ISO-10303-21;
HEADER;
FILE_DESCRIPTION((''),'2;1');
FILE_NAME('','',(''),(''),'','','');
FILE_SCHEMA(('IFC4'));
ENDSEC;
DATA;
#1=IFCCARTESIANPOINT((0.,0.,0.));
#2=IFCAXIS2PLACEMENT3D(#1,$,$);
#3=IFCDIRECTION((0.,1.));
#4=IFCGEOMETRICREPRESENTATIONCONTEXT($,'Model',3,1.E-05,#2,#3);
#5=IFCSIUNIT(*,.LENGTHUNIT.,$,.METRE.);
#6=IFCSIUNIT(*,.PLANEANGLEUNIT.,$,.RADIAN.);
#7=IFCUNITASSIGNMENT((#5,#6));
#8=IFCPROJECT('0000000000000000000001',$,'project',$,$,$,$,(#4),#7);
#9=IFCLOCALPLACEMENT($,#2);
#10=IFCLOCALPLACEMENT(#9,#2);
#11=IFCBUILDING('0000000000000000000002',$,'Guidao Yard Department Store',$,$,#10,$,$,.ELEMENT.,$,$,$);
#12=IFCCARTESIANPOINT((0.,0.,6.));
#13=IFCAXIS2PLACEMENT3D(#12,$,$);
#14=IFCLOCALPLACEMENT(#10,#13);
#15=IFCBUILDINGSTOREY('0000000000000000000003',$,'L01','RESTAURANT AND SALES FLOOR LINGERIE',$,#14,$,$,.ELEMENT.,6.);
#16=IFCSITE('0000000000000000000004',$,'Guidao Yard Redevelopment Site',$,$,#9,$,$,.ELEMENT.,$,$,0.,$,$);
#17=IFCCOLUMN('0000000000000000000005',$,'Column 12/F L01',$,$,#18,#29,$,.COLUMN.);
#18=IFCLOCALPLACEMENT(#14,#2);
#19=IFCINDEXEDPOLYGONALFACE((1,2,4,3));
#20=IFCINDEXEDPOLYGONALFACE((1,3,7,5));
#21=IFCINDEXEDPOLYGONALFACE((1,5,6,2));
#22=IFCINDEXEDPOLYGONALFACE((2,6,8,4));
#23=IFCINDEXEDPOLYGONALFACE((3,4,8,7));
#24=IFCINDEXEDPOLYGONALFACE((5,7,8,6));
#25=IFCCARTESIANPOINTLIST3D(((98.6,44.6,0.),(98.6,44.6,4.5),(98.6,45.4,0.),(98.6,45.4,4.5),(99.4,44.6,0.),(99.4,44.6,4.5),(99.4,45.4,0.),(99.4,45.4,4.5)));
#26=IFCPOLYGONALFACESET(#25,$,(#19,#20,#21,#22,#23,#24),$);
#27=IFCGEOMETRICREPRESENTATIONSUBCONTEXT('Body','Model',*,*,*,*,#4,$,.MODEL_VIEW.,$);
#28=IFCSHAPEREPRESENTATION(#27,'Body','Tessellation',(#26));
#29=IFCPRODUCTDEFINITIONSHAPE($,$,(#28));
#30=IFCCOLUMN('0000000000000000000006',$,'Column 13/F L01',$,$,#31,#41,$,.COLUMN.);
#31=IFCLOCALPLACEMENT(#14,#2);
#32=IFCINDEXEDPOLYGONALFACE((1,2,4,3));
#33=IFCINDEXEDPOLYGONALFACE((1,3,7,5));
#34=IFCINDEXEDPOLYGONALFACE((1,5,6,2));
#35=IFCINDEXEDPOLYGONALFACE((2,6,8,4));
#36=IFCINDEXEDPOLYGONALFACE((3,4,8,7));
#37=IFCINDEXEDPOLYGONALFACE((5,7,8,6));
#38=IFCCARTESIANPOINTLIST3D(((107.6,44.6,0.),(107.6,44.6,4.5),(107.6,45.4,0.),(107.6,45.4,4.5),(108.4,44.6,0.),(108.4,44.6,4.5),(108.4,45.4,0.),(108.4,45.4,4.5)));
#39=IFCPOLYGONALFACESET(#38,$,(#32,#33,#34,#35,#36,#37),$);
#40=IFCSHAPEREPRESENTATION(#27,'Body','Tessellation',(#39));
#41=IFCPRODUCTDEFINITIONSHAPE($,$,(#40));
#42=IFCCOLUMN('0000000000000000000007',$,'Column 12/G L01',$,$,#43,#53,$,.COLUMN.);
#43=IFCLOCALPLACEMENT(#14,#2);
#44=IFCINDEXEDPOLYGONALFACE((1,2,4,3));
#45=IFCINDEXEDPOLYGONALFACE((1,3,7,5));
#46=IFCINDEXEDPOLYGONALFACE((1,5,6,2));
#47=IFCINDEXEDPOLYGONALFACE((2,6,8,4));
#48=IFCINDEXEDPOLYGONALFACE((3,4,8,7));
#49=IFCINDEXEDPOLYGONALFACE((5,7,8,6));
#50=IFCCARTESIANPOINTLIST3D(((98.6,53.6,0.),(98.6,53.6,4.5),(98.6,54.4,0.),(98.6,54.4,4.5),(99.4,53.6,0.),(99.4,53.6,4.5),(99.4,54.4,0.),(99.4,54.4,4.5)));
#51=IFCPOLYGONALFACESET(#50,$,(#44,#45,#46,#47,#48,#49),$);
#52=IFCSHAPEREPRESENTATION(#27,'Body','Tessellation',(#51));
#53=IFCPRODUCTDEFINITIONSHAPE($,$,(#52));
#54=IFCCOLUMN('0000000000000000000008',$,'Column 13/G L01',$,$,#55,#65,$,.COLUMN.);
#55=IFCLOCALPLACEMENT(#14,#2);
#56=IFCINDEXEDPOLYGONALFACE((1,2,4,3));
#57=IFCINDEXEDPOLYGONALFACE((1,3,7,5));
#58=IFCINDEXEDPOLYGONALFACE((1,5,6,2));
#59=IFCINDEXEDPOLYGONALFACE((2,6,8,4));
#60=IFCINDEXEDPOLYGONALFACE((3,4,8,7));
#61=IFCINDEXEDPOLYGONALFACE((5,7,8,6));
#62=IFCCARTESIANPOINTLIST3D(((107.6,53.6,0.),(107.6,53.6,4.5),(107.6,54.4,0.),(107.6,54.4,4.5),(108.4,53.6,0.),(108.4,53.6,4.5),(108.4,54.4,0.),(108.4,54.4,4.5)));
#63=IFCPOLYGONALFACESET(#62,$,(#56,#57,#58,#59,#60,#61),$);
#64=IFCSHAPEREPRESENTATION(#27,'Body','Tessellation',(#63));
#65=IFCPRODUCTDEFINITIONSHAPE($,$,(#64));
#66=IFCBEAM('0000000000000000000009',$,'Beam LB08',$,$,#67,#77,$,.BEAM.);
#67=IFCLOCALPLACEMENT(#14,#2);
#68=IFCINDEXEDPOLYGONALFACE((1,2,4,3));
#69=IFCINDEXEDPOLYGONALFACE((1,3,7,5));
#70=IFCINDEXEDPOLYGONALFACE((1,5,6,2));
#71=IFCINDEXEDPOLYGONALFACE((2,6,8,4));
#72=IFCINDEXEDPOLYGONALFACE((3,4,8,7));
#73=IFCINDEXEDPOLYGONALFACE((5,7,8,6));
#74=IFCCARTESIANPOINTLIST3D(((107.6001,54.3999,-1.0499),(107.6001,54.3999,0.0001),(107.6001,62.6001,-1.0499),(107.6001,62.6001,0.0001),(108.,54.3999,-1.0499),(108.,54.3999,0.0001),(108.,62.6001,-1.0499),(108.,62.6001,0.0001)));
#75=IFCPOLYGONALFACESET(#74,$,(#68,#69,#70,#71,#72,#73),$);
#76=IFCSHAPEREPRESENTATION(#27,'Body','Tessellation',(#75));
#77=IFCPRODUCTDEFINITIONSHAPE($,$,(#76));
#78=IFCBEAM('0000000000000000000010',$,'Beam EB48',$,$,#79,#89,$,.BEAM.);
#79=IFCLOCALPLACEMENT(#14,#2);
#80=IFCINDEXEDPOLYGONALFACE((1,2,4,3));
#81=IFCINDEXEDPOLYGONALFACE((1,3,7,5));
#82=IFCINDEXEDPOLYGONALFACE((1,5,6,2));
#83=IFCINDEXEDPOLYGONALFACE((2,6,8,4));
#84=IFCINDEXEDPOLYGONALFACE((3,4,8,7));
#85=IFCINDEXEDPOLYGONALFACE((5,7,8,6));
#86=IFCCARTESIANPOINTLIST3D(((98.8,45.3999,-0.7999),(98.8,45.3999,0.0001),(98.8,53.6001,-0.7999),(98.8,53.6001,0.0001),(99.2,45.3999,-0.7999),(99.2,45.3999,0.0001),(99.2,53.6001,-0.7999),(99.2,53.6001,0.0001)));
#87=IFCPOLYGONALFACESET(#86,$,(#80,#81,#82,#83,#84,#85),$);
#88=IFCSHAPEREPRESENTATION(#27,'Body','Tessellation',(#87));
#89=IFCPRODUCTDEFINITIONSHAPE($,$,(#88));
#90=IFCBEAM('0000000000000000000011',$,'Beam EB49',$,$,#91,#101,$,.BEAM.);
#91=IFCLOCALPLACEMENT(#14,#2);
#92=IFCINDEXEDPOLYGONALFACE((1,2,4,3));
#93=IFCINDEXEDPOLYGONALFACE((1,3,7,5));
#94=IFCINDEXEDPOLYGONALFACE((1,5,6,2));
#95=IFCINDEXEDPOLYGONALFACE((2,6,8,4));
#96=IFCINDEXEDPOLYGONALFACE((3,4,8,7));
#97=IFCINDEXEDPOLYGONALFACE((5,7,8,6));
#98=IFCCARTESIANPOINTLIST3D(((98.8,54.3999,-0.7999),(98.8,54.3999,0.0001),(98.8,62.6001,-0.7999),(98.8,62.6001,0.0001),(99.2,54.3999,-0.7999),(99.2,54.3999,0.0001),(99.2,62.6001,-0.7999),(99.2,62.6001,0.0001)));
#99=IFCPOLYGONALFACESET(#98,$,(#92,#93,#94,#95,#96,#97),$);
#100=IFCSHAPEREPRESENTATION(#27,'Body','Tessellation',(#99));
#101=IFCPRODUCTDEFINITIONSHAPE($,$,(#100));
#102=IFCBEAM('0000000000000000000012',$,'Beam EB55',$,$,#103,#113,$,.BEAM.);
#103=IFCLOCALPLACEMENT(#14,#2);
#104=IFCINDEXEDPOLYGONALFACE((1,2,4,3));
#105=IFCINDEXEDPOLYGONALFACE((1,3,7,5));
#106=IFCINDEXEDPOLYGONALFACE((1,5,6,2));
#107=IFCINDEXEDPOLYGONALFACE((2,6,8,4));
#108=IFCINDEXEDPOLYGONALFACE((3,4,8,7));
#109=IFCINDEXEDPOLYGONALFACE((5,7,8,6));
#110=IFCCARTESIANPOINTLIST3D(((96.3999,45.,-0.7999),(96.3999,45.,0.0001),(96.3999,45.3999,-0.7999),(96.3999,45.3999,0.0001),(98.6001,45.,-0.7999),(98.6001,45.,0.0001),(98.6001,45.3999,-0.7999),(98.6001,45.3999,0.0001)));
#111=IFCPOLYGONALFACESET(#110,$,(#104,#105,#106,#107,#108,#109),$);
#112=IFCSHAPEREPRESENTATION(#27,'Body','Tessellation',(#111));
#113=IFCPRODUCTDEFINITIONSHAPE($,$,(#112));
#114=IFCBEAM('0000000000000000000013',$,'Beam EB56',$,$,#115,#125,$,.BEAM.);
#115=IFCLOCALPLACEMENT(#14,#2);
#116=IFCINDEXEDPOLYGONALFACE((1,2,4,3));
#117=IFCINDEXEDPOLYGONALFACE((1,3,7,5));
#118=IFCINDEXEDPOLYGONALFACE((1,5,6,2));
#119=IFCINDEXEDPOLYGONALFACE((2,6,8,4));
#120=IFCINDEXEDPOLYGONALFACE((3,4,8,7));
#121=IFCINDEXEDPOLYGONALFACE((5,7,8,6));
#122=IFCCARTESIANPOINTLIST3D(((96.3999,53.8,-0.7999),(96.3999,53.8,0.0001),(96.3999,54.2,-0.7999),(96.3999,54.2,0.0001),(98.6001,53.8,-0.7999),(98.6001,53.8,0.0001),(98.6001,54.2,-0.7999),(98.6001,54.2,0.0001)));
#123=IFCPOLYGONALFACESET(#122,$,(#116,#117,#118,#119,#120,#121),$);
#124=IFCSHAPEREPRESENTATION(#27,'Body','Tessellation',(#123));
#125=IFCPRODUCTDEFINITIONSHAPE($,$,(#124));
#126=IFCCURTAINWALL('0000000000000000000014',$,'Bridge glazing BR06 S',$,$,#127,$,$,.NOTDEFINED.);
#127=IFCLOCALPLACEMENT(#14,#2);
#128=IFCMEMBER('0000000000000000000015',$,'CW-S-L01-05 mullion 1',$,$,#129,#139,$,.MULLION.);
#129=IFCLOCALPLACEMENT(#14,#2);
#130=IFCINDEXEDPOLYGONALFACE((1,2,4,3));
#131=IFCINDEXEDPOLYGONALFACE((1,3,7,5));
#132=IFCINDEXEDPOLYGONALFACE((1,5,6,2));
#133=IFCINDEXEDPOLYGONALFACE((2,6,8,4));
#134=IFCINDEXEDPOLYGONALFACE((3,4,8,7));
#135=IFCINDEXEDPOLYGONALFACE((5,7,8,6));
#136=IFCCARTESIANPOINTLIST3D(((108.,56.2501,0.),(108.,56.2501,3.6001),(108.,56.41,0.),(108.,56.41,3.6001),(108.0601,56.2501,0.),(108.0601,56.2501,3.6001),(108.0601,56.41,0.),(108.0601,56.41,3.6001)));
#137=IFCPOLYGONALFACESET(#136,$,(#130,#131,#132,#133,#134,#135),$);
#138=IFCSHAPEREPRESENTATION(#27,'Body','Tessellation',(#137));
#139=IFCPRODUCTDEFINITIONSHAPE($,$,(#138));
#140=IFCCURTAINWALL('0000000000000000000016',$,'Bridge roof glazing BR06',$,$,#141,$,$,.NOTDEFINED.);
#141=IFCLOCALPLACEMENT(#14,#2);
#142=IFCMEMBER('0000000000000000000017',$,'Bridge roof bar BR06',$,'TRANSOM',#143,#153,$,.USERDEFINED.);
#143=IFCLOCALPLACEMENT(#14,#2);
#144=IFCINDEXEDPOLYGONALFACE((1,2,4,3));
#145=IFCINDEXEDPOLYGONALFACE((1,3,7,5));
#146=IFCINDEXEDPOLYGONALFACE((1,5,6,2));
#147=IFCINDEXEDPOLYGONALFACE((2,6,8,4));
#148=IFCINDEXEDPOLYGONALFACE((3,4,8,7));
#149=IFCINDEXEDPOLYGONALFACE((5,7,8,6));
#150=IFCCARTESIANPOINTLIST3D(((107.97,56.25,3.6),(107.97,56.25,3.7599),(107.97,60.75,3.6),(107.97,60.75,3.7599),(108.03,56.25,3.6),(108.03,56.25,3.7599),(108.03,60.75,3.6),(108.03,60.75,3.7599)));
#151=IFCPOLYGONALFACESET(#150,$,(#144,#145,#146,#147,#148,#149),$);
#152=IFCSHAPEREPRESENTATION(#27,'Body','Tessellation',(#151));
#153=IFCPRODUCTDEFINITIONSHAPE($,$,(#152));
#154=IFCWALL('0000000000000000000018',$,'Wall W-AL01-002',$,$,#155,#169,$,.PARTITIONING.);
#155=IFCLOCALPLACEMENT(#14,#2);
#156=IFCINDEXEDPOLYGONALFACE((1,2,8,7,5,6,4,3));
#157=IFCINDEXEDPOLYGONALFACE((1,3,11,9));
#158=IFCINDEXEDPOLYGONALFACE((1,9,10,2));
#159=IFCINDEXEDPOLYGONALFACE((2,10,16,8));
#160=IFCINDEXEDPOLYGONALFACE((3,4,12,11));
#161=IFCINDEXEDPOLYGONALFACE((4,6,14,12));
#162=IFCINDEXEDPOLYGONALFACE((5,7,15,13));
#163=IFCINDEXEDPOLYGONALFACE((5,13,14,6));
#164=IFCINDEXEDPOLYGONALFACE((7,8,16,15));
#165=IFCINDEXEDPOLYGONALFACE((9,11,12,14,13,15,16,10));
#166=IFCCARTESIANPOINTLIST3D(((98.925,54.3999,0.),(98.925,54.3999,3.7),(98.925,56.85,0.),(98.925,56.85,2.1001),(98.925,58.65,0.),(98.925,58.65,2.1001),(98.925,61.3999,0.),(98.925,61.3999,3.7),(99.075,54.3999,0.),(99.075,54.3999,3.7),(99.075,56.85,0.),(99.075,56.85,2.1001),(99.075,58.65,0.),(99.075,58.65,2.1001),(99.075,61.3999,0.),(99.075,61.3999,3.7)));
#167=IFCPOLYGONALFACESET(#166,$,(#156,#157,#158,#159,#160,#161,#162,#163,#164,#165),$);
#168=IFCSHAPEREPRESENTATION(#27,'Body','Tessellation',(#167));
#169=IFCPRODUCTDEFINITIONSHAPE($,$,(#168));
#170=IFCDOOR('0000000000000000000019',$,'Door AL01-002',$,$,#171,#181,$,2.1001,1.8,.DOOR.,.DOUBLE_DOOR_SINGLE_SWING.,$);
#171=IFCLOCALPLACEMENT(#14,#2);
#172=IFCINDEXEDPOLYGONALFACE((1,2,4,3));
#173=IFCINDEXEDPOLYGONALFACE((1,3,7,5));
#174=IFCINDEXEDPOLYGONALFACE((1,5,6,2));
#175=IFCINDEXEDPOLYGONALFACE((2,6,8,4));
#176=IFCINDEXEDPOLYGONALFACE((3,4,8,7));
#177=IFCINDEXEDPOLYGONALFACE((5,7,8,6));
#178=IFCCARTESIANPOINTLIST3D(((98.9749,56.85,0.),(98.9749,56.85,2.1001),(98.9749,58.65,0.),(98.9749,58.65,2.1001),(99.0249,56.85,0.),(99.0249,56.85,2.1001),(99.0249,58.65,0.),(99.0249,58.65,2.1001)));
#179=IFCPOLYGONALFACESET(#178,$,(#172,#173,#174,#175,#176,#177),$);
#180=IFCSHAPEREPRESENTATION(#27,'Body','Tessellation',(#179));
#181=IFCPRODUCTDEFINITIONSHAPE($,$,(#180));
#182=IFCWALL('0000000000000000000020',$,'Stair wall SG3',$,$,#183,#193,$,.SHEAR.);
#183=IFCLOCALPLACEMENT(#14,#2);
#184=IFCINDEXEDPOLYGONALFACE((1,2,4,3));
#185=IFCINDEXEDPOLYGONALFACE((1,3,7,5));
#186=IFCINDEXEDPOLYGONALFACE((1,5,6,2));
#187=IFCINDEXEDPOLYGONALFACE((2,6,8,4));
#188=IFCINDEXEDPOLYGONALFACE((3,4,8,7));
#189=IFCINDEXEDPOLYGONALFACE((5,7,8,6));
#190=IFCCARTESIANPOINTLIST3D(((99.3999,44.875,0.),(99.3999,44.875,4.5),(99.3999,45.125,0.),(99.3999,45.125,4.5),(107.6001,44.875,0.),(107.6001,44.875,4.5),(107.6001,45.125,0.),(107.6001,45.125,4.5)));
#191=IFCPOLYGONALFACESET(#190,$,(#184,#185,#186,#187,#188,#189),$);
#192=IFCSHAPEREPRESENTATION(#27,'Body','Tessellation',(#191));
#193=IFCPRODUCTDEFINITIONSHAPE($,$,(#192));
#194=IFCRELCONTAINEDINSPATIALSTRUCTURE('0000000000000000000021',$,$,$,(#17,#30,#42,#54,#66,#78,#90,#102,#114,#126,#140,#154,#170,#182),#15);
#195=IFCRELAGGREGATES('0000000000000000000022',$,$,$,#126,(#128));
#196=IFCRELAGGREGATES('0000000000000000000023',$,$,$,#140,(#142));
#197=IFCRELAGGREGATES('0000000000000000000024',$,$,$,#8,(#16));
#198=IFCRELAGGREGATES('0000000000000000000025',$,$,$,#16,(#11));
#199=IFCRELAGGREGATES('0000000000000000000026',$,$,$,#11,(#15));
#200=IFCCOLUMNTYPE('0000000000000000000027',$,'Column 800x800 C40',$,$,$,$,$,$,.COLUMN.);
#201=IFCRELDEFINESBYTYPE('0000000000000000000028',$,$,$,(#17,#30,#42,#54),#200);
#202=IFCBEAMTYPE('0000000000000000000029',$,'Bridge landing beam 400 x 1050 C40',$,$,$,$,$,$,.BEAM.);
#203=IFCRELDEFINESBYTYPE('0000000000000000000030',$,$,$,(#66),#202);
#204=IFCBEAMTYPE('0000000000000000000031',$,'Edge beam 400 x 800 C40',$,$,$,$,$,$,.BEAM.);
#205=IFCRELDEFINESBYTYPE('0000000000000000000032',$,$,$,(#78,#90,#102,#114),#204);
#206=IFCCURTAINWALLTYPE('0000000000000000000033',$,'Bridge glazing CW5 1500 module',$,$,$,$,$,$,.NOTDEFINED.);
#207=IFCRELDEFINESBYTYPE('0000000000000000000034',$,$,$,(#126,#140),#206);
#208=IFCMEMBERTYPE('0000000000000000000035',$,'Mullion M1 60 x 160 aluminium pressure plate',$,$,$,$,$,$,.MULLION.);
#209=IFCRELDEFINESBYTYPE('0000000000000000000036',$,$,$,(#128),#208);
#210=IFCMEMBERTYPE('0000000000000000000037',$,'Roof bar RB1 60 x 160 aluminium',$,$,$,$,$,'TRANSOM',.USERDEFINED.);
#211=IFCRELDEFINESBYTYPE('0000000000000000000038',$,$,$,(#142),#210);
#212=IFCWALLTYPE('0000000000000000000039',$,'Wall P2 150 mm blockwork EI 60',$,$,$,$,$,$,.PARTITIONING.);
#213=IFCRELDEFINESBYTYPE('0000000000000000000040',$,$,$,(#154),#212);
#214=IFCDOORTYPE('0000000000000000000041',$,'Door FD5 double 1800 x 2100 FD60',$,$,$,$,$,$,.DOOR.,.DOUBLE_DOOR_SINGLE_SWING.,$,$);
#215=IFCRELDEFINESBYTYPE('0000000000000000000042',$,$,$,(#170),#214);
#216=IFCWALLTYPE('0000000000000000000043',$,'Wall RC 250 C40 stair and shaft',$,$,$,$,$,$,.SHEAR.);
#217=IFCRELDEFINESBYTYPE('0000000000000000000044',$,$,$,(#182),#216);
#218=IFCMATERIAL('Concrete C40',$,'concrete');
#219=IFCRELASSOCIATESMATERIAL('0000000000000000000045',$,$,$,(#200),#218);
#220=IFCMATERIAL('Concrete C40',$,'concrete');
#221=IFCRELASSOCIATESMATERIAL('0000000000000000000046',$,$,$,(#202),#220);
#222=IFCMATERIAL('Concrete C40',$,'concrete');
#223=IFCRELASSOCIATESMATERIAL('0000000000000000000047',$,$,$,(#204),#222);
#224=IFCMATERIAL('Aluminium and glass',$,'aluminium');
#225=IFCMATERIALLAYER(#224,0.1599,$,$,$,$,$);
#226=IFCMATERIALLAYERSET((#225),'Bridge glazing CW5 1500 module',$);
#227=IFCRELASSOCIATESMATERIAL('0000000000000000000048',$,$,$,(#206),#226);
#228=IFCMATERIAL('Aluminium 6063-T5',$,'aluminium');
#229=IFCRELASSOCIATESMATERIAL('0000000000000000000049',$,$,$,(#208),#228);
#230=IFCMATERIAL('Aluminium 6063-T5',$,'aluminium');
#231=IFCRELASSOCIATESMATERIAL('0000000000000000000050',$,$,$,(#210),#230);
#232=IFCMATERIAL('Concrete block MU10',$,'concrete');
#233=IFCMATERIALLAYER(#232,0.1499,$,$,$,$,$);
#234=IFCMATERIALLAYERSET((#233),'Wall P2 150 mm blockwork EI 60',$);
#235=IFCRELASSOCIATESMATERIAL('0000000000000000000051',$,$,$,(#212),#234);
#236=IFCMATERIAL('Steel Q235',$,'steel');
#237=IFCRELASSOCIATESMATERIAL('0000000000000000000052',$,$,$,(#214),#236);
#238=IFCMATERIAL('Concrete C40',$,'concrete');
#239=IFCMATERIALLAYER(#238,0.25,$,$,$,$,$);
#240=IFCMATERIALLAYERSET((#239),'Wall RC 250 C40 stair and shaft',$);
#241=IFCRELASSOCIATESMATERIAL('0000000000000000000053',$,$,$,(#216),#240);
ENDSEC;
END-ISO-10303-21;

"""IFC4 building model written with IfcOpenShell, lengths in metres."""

from ifc_helpers import new_model, si_unit, direction, frame, frame_2d, origin, origin_2d, place, context, subcontext, project, spatial, rectangle, extrude, material, layer, layer_set, material_profile, profile_set, type_object, element, fill, aggregate, save


model = new_model("IFC4")

# Units and contexts
model_context = context("Model", 3, precision=1e-05, world=origin(), true_north=direction((0.0, 1.0)))
body_context = subcontext(model_context, "Body", "Model", "MODEL_VIEW")
ifc_project = project(units=[si_unit("LENGTHUNIT", "METRE"), si_unit("PLANEANGLEUNIT", "RADIAN")], contexts=[model_context])

# Site, building, storey
site_placement = place(None, origin())
site = spatial("IfcSite", under=ifc_project, at=site_placement, Name="Guidao Yard Redevelopment Site", CompositionType="ELEMENT", RefElevation=0.0)
building_placement = place(site_placement, origin())
building = spatial("IfcBuilding", under=site, at=building_placement, Name="Guidao Yard Department Store", CompositionType="ELEMENT")
storey_placement = place(building_placement, frame((0.0, 0.0, 6.0)))
storey = spatial("IfcBuildingStorey", under=building, at=storey_placement, Name="L01", Description="RESTAURANT AND SALES FLOOR LINGERIE", CompositionType="ELEMENT", Elevation=6.0)

# Columns
ifc_material_1 = material(Name="Concrete C40", Category="concrete")
ifc_material_profile_1 = material_profile(ifc_material_1, rectangle(XDim=0.8, YDim=0.8, at=origin_2d()), Name="COL 800x800")
ifc_profile_set_1 = profile_set([ifc_material_profile_1], Name="Concrete C40")
column_type = type_object("IfcColumnType", Name="Column 800x800 C40", PredefinedType="COLUMN", material=ifc_profile_set_1)
for number, where, z_axis, x_axis, name in (
    (1, (99.0, 45.0, 0.0), (0.0, 0.0, 1.0), (1.0, 0.0, 0.0), "Column 12/F L01"),
    (2, (108.0, 45.0, 0.0), (0.0, 0.0, 1.0), (1.0, 0.0, 0.0), "Column 13/F L01"),
    (3, (99.0, 54.0, 0.0), (0.0, 0.0, 1.0), (1.0, 0.0, 0.0), "Column 12/G L01"),
    (4, (108.0, 54.0, 0.0), (0.0, 0.0, 1.0), (1.0, 0.0, 0.0), "Column 13/G L01"),
):
    element("IfcColumn", number, at=place(storey_placement, frame(where, z_axis=z_axis, x_axis=x_axis)), inside=storey, type_object=column_type, Name=name, PredefinedType="COLUMN", context=body_context, shape_type="SweptSolid", body=[
        extrude(rectangle(XDim=0.8, YDim=0.8, at=origin_2d()), origin(), (0.0, 0.0, 1.0), 4.5),
    ])

# Beams
ifc_material_2 = material(Name="Concrete C40", Category="concrete")
ifc_material_profile_2 = material_profile(ifc_material_2, rectangle(XDim=0.3999, YDim=1.05, at=origin_2d()), Name="Bridge landing beam 400 x 1050 C40")
ifc_profile_set_2 = profile_set([ifc_material_profile_2], Name="Concrete C40")
beam_type_1 = type_object("IfcBeamType", Name="Bridge landing beam 400 x 1050 C40", PredefinedType="BEAM", material=ifc_profile_set_2)
beam_placement = place(storey_placement, frame((107.8, 54.3999, -0.5249), z_axis=(0.0, 1.0, 0.0), x_axis=(-1.0, 0.0, 0.0)))
element("IfcBeam", 5, at=beam_placement, inside=storey, type_object=beam_type_1, Name="Beam LB08", PredefinedType="BEAM", context=body_context, shape_type="SweptSolid", body=[
    extrude(rectangle(XDim=0.3999, YDim=1.05, at=origin_2d()), origin(), (0.0, 0.0, 1.0), 8.2002),
])
ifc_material_3 = material(Name="Concrete C40", Category="concrete")
ifc_material_profile_3 = material_profile(ifc_material_3, rectangle(XDim=0.3999, YDim=0.8, at=origin_2d()), Name="Edge beam 400 x 800 C40")
ifc_profile_set_3 = profile_set([ifc_material_profile_3], Name="Concrete C40")
beam_type_2 = type_object("IfcBeamType", Name="Edge beam 400 x 800 C40", PredefinedType="BEAM", material=ifc_profile_set_3)
for number, where, z_axis, x_axis, name in (
    (6, (99.0, 45.3999, -0.3999), (0.0, 1.0, 0.0), (-1.0, 0.0, 0.0), "Beam EB48"),
    (7, (99.0, 54.3999, -0.3999), (0.0, 1.0, 0.0), (-1.0, 0.0, 0.0), "Beam EB49"),
):
    element("IfcBeam", number, at=place(storey_placement, frame(where, z_axis=z_axis, x_axis=x_axis)), inside=storey, type_object=beam_type_2, Name=name, PredefinedType="BEAM", context=body_context, shape_type="SweptSolid", body=[
        extrude(rectangle(XDim=0.3999, YDim=0.8, at=origin_2d()), origin(), (0.0, 0.0, 1.0), 8.2002),
    ])
for number, where, z_axis, x_axis, name in (
    (8, (96.3999, 45.2, -0.3999), (1.0, 0.0, 0.0), (0.0, 1.0, 0.0), "Beam EB55"),
    (9, (96.3999, 54.0, -0.3999), (1.0, 0.0, 0.0), (0.0, 1.0, 0.0), "Beam EB56"),
):
    element("IfcBeam", number, at=place(storey_placement, frame(where, z_axis=z_axis, x_axis=x_axis)), inside=storey, type_object=beam_type_2, Name=name, PredefinedType="BEAM", context=body_context, shape_type="SweptSolid", body=[
        extrude(rectangle(XDim=0.3999, YDim=0.8, at=origin_2d()), origin(), (0.0, 0.0, 1.0), 2.2002),
    ])

# Curtain walls, members
ifc_material_4 = material(Name="Aluminium and glass", Category="aluminium")
ifc_layer_1 = layer(ifc_material_4, 0.1599)
ifc_layer_set_1 = layer_set([ifc_layer_1], Name="Bridge glazing CW5 1500 module")
curtain_wall_type = type_object("IfcCurtainWallType", Name="Bridge glazing CW5 1500 module", PredefinedType="NOTDEFINED", material=ifc_layer_set_1)
curtain_wall_1_placement = place(storey_placement, origin())
curtain_wall_1 = element("IfcCurtainWall", 10, at=curtain_wall_1_placement, inside=storey, type_object=curtain_wall_type, Name="Bridge glazing BR06 S", PredefinedType="NOTDEFINED")
ifc_material_5 = material(Name="Aluminium 6063-T5", Category="aluminium")
ifc_material_profile_4 = material_profile(ifc_material_5, rectangle(XDim=0.0601, YDim=0.1599, at=origin_2d()), Name="Mullion M1 60 x 160 aluminium pressure plate")
ifc_profile_set_4 = profile_set([ifc_material_profile_4], Name="Aluminium 6063-T5")
member_type_1 = type_object("IfcMemberType", Name="Mullion M1 60 x 160 aluminium pressure plate", PredefinedType="MULLION", material=ifc_profile_set_4)
member_1_placement = place(storey_placement, frame((108.03, 56.3301, 0.0), z_axis=(0.0, 0.0, 1.0), x_axis=(-1.0, 0.0, 0.0)))
member_1 = element("IfcMember", 11, at=member_1_placement, type_object=member_type_1, Name="CW-S-L01-05 mullion 1", PredefinedType="MULLION", context=body_context, shape_type="SweptSolid", body=[
    extrude(rectangle(XDim=0.0601, YDim=0.1599, at=origin_2d()), origin(), (0.0, 0.0, 1.0), 3.6001),
])
aggregate(curtain_wall_1, [member_1])
curtain_wall_2_placement = place(storey_placement, origin())
curtain_wall_2 = element("IfcCurtainWall", 12, at=curtain_wall_2_placement, inside=storey, type_object=curtain_wall_type, Name="Bridge roof glazing BR06", PredefinedType="NOTDEFINED")
ifc_material_6 = material(Name="Aluminium 6063-T5", Category="aluminium")
ifc_material_profile_5 = material_profile(ifc_material_6, rectangle(XDim=0.0601, YDim=0.1599, at=origin_2d()), Name="Roof bar RB1 60 x 160 aluminium")
ifc_profile_set_5 = profile_set([ifc_material_profile_5], Name="Aluminium 6063-T5")
member_type_2 = type_object("IfcMemberType", Name="Roof bar RB1 60 x 160 aluminium", ElementType="TRANSOM", PredefinedType="USERDEFINED", material=ifc_profile_set_5)
member_2_placement = place(storey_placement, frame((108.0, 56.25, 3.6799), z_axis=(0.0, 1.0, 0.0), x_axis=(-1.0, 0.0, 0.0)))
member_2 = element("IfcMember", 13, at=member_2_placement, type_object=member_type_2, Name="Bridge roof bar BR06", ObjectType="TRANSOM", PredefinedType="USERDEFINED", context=body_context, shape_type="SweptSolid", body=[
    extrude(rectangle(XDim=0.0601, YDim=0.1599, at=origin_2d()), origin(), (0.0, 0.0, 1.0), 4.5),
])
aggregate(curtain_wall_2, [member_2])

# Wall, opening, door
ifc_material_7 = material(Name="Concrete block MU10", Category="concrete")
ifc_layer_2 = layer(ifc_material_7, 0.1499)
ifc_layer_set_2 = layer_set([ifc_layer_2], Name="Wall P2 150 mm blockwork EI 60")
wall_type_1 = type_object("IfcWallType", Name="Wall P2 150 mm blockwork EI 60", PredefinedType="PARTITIONING", material=ifc_layer_set_2)
wall_1_placement = place(storey_placement, frame((99.0, 54.3999, 0.0), z_axis=(0.0, 0.0, 1.0), x_axis=(0.0, 1.0, 0.0)))
wall_1 = element("IfcWall", 14, at=wall_1_placement, inside=storey, type_object=wall_type_1, Name="Wall W-AL01-002", PredefinedType="PARTITIONING", context=body_context, shape_type="SweptSolid", body=[
    extrude(rectangle(XDim=7.0, YDim=0.1499, at=frame_2d((3.5, 0.0))), origin(), (0.0, 0.0, 1.0), 3.7),
])
opening_1_placement = place(wall_1_placement, frame((4.25, 0.0, 0.0), z_axis=(0.0, 0.0, 1.0), x_axis=(-1.0, 0.0, 0.0)))
opening_1 = element("IfcOpeningElement", 15, at=opening_1_placement, cuts=wall_1, PredefinedType="OPENING", context=body_context, shape_type="SweptSolid", body=[
    extrude(rectangle(XDim=1.8, YDim=2.1001, at=frame_2d((0.8999, 1.05))), frame((0.0, 0.085, 0.0), z_axis=(0.0, -1.0, 0.0), x_axis=(1.0, 0.0, 0.0)), (0.0, 0.0, 1.0), 0.1699),
])
ifc_material_8 = material(Name="Steel Q235", Category="steel")
door_type_1 = type_object("IfcDoorType", Name="Door FD5 double 1800 x 2100 FD60", OperationType="DOUBLE_DOOR_SINGLE_SWING", PredefinedType="DOOR", material=ifc_material_8)
door_1_placement = place(opening_1_placement, origin())
door_1 = element("IfcDoor", 16, at=door_1_placement, inside=storey, type_object=door_type_1, Name="Door AL01-002", OperationType="DOUBLE_DOOR_SINGLE_SWING", OverallHeight=2.1001, OverallWidth=1.8, PredefinedType="DOOR", context=body_context, shape_type="SweptSolid", body=[
    extrude(rectangle(XDim=1.8, YDim=2.1001, at=frame_2d((0.8999, 1.05))), frame((0.0, 0.0249, 0.0), z_axis=(0.0, -1.0, 0.0), x_axis=(1.0, 0.0, 0.0)), (0.0, 0.0, 1.0), 0.05),
])
fill(opening_1, door_1)

# Wall
ifc_material_9 = material(Name="Concrete C40", Category="concrete")
ifc_layer_3 = layer(ifc_material_9, 0.25)
ifc_layer_set_3 = layer_set([ifc_layer_3], Name="Wall RC 250 C40 stair and shaft")
wall_type_2 = type_object("IfcWallType", Name="Wall RC 250 C40 stair and shaft", PredefinedType="SHEAR", material=ifc_layer_set_3)
wall_2_placement = place(storey_placement, frame((99.3999, 45.0, 0.0), z_axis=(0.0, 0.0, 1.0), x_axis=(1.0, 0.0, 0.0)))
element("IfcWall", 17, at=wall_2_placement, inside=storey, type_object=wall_type_2, Name="Stair wall SG3", PredefinedType="SHEAR", context=body_context, shape_type="SweptSolid", body=[
    extrude(rectangle(XDim=8.2002, YDim=0.25, at=frame_2d((4.1001, 0.0))), origin(), (0.0, 0.0, 1.0), 4.5),
])

save(model, "model.ifc")
